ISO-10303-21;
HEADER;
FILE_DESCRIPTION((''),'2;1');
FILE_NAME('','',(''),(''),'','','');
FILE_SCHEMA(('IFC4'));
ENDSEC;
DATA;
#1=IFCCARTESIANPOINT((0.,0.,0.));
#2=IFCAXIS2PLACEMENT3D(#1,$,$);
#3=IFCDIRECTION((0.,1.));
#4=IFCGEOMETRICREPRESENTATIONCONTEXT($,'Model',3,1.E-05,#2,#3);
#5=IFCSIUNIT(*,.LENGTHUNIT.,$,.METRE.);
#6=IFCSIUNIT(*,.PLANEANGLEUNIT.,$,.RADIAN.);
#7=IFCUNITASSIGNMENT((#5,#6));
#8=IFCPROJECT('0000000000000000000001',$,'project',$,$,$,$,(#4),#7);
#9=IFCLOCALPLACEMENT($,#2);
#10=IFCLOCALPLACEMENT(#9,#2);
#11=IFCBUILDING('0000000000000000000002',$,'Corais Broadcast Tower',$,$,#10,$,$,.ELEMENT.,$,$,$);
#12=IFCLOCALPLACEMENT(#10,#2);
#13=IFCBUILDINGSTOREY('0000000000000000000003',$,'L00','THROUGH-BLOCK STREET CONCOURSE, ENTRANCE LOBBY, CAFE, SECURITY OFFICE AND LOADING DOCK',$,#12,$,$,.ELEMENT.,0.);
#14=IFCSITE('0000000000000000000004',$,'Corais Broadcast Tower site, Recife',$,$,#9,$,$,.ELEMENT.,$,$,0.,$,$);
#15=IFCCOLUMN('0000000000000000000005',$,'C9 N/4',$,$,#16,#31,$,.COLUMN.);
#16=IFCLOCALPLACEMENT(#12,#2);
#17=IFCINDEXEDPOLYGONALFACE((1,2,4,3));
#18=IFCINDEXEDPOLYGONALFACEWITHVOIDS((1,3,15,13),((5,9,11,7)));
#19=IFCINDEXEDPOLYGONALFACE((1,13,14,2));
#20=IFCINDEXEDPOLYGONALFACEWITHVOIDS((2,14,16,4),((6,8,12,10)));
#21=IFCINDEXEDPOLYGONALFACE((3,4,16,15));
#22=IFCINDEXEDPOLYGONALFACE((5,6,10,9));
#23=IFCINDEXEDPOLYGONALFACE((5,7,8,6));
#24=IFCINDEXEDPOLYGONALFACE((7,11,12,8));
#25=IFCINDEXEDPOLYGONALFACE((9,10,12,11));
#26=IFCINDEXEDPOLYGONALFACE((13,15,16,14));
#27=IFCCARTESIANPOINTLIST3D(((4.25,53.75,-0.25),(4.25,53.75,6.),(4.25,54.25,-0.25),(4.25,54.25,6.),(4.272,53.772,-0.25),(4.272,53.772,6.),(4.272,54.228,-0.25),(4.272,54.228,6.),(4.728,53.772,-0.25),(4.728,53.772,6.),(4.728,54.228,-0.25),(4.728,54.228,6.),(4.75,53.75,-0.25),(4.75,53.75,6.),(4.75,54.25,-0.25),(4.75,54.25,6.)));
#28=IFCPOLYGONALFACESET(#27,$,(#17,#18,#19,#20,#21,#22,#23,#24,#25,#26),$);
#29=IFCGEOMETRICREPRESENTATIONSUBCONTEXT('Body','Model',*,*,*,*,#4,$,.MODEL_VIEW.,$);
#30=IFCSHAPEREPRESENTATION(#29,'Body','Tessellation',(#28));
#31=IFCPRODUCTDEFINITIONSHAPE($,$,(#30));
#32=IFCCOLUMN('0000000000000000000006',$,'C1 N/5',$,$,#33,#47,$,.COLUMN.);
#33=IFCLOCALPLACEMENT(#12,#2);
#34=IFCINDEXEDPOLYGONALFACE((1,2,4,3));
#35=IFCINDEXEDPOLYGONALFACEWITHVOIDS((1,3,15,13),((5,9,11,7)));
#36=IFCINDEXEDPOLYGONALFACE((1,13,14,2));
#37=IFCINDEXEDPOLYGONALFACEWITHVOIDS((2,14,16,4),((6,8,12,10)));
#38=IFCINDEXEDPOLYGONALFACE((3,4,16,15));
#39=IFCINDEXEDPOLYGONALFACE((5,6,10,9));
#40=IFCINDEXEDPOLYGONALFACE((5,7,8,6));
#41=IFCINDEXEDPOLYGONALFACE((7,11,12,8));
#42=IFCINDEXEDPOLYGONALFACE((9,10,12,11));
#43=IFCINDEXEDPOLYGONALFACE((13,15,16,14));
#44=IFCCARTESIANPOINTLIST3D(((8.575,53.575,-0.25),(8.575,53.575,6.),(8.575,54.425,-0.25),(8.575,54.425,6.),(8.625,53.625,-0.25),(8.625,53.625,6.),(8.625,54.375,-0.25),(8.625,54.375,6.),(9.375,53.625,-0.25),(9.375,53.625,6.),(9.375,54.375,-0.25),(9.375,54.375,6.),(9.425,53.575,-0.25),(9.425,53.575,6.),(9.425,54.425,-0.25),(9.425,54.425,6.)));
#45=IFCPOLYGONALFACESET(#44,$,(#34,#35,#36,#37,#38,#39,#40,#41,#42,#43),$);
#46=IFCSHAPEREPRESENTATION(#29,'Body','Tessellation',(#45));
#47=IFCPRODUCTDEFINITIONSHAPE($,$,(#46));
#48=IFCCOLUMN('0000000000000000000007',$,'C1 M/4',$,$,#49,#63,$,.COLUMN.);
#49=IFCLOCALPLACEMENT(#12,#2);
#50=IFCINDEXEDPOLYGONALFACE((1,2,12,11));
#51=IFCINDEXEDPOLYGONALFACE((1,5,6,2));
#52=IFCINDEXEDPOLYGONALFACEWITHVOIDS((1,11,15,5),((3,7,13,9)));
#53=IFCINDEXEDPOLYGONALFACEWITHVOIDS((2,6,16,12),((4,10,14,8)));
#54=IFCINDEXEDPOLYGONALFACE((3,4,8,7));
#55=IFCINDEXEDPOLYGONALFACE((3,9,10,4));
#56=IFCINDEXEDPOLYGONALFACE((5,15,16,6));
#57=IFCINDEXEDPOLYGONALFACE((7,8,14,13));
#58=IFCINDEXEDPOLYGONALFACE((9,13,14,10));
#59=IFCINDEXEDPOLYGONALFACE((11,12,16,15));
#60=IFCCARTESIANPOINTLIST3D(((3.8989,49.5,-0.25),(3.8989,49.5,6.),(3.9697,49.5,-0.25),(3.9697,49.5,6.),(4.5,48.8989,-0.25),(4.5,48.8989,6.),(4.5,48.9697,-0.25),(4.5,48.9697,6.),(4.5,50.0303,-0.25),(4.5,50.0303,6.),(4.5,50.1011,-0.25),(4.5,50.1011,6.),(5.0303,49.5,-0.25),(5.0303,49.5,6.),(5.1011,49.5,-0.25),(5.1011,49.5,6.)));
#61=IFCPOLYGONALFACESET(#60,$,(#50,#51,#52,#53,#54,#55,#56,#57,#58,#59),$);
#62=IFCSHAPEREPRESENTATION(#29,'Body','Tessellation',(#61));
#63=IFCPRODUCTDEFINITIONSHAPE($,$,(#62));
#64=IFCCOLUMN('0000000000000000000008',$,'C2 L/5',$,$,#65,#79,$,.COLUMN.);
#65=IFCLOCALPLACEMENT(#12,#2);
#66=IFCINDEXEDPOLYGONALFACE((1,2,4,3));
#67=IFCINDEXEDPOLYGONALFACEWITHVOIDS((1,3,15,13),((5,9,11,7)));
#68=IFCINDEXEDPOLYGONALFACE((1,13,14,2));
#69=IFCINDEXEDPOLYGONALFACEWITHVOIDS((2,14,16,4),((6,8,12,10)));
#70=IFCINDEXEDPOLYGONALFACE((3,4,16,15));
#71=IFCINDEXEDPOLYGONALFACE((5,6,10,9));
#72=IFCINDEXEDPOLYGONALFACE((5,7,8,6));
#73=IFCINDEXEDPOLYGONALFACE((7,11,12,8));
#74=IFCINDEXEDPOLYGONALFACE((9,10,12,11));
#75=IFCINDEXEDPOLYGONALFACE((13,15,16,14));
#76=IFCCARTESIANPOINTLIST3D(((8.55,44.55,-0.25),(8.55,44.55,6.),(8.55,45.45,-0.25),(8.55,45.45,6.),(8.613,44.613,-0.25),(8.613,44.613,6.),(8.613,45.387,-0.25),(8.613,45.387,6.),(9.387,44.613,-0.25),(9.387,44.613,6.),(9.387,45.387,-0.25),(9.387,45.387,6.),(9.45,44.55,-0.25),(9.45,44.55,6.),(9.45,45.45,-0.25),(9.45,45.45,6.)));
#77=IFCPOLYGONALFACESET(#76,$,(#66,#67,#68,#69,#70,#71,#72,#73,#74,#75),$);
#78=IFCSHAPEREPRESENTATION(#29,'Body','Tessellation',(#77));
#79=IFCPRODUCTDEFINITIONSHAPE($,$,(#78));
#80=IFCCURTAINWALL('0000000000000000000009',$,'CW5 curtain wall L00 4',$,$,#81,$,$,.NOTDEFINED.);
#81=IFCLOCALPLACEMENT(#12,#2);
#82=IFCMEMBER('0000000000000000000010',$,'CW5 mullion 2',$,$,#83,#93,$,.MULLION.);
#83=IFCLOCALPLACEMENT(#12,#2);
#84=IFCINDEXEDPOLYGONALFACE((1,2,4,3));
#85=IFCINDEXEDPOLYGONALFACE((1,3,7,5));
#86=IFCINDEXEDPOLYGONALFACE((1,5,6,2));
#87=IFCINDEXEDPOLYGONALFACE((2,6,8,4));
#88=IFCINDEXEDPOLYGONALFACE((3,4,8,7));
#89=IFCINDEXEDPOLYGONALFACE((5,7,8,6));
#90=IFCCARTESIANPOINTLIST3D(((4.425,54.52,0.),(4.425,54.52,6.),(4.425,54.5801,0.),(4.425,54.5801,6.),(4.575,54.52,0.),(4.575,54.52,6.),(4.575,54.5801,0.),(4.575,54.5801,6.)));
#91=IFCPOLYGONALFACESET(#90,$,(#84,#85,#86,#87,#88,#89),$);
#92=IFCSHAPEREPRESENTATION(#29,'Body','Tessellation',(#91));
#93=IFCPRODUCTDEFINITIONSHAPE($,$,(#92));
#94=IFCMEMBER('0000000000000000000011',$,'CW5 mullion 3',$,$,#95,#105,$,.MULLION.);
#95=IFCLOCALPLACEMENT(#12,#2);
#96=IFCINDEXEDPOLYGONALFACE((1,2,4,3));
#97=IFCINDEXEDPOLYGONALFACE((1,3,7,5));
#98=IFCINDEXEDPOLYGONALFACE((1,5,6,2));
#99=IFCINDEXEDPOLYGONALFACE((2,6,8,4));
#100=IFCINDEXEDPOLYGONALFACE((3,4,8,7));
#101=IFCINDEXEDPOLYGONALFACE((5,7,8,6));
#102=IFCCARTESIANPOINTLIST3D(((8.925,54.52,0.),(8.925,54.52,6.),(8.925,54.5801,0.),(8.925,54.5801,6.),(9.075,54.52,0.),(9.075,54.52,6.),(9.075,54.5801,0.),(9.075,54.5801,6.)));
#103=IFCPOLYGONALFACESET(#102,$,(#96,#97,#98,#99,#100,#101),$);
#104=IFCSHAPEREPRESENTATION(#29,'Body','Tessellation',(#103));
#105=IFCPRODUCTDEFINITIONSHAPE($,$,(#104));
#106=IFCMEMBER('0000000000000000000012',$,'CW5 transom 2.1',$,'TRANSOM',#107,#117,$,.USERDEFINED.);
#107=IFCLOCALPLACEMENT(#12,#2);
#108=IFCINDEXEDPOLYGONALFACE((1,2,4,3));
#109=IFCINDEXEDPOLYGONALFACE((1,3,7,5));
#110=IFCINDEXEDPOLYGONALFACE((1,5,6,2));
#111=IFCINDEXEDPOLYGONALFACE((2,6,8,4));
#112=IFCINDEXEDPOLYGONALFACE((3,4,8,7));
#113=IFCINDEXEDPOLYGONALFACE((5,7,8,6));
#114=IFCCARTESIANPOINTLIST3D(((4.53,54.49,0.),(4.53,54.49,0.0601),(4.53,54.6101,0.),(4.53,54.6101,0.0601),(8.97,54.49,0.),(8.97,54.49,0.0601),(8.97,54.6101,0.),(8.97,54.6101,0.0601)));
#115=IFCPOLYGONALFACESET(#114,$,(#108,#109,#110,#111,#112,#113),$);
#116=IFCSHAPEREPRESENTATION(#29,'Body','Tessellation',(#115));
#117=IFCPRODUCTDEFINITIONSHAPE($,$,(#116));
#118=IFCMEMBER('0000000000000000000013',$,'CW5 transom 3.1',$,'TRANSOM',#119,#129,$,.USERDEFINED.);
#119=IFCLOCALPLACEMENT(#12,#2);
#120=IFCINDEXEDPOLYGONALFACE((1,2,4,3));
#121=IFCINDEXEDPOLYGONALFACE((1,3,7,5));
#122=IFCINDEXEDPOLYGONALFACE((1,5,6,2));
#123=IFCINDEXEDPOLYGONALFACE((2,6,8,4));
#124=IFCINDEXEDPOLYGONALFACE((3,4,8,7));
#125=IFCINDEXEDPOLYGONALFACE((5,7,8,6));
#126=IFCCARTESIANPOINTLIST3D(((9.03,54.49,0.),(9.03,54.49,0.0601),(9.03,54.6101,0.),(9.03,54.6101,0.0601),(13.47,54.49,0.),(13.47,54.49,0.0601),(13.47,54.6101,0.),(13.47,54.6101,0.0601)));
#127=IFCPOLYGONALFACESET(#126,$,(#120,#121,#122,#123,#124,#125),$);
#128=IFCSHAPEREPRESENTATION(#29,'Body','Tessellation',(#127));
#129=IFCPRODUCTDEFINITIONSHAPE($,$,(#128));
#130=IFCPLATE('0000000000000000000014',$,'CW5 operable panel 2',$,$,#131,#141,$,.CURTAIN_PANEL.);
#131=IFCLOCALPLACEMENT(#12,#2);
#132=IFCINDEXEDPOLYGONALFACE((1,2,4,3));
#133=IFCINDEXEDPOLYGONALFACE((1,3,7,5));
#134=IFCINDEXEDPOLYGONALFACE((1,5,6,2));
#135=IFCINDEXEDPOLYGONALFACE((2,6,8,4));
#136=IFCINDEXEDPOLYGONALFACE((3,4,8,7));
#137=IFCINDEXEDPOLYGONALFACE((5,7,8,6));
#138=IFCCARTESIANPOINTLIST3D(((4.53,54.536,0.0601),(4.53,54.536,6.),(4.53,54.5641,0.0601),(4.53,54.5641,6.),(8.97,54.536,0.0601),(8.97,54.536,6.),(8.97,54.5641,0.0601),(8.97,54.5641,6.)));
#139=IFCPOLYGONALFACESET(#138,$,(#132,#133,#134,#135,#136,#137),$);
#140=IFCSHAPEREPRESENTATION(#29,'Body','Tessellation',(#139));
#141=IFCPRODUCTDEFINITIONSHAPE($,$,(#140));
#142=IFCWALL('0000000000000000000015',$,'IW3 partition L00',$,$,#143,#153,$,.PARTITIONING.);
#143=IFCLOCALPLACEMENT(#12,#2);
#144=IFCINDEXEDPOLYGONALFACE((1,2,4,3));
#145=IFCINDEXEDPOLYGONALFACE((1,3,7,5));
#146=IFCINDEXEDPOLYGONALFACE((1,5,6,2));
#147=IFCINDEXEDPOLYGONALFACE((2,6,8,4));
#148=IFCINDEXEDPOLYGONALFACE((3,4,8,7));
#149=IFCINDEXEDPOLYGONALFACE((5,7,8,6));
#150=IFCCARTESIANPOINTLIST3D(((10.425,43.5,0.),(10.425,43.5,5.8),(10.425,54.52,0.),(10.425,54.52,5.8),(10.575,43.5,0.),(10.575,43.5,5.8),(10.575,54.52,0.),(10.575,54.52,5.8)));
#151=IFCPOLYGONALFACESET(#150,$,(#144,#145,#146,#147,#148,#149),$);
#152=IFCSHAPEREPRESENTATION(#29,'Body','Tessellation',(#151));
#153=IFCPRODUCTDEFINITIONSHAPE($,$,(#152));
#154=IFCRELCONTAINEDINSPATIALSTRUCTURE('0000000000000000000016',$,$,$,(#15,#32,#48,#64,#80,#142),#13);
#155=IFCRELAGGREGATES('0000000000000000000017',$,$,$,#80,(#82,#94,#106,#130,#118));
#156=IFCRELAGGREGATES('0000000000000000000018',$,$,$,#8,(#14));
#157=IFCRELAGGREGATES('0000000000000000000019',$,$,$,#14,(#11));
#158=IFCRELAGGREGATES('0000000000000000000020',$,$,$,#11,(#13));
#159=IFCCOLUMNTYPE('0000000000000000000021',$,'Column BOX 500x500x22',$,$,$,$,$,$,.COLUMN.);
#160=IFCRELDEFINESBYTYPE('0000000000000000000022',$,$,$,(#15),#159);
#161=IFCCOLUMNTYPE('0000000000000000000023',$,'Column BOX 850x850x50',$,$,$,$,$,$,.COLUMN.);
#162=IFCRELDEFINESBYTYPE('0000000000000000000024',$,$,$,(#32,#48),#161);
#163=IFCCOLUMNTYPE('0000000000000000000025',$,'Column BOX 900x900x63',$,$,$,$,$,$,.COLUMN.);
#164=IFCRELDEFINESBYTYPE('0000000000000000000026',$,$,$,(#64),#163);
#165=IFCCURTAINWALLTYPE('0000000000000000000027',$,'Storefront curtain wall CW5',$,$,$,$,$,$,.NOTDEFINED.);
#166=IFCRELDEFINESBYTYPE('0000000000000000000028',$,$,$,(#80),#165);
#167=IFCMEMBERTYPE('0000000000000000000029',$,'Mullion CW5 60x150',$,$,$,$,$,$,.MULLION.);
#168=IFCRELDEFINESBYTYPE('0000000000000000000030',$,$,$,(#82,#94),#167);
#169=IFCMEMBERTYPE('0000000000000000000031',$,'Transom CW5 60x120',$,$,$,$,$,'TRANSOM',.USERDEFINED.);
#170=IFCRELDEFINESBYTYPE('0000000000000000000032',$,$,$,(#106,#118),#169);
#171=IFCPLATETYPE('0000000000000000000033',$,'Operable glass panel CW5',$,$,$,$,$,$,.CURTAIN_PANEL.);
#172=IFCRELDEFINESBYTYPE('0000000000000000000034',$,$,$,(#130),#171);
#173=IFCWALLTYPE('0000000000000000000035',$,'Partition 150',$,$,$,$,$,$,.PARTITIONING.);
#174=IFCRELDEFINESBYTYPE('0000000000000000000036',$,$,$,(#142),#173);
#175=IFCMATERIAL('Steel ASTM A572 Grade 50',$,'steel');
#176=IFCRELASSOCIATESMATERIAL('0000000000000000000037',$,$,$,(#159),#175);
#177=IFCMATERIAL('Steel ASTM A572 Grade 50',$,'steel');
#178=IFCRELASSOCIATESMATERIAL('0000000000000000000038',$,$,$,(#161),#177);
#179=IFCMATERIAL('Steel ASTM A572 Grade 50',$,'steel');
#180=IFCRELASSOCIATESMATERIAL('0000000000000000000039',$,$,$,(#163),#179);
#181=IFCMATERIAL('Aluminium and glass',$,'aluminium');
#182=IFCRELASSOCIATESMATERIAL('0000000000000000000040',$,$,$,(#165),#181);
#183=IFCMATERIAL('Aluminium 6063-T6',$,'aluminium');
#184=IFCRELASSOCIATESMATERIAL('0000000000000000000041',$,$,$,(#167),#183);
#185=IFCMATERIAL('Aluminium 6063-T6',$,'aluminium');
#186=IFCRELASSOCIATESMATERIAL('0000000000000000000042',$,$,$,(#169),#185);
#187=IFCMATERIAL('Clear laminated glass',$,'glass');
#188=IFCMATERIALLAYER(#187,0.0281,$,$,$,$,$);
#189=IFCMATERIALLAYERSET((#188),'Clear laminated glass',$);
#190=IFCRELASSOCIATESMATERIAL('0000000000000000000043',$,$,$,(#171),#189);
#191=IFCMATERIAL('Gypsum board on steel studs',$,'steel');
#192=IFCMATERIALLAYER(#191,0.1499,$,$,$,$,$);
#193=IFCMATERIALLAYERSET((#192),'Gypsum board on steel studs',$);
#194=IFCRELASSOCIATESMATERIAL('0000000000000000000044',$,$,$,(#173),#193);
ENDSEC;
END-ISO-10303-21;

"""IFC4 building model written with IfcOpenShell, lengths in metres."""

from ifc_helpers import new_model, si_unit, direction, frame, frame_2d, origin, origin_2d, place, context, subcontext, project, spatial, rectangle, hollow_rectangle, extrude, material, layer, layer_set, material_profile, profile_set, type_object, element, aggregate, save


model = new_model("IFC4")

# Units and contexts
model_context = context("Model", 3, precision=1e-05, world=origin(), true_north=direction((0.0, 1.0)))
body_context = subcontext(model_context, "Body", "Model", "MODEL_VIEW")
ifc_project = project(units=[si_unit("LENGTHUNIT", "METRE"), si_unit("PLANEANGLEUNIT", "RADIAN")], contexts=[model_context])

# Site, building, storey
site_placement = place(None, origin())
site = spatial("IfcSite", under=ifc_project, at=site_placement, Name="Corais Broadcast Tower site, Recife", CompositionType="ELEMENT", RefElevation=0.0)
building_placement = place(site_placement, origin())
building = spatial("IfcBuilding", under=site, at=building_placement, Name="Corais Broadcast Tower", CompositionType="ELEMENT")
storey_placement = place(building_placement, origin())
storey = spatial("IfcBuildingStorey", under=building, at=storey_placement, Name="L00", Description="THROUGH-BLOCK STREET CONCOURSE, ENTRANCE LOBBY, CAFE, SECURITY OFFICE AND LOADING DOCK", CompositionType="ELEMENT", Elevation=0.0)

# Columns
ifc_material_1 = material(Name="Steel ASTM A572 Grade 50", Category="steel")
ifc_material_profile_1 = material_profile(ifc_material_1, hollow_rectangle(XDim=0.5, YDim=0.5, WallThickness=0.022, at=origin_2d()), Name="BOX 500x500x22")
ifc_profile_set_1 = profile_set([ifc_material_profile_1], Name="Steel ASTM A572 Grade 50")
column_type_1 = type_object("IfcColumnType", Name="Column BOX 500x500x22", PredefinedType="COLUMN", material=ifc_profile_set_1)
column_1_placement = place(storey_placement, frame((4.5, 54.0, -0.25), z_axis=(0.0, 0.0, 1.0), x_axis=(1.0, 0.0, 0.0)))
element("IfcColumn", 1, at=column_1_placement, inside=storey, type_object=column_type_1, Name="C9 N/4", PredefinedType="COLUMN", context=body_context, shape_type="SweptSolid", body=[
    extrude(hollow_rectangle(XDim=0.5, YDim=0.5, WallThickness=0.022, at=origin_2d()), origin(), (0.0, 0.0, 1.0), 6.25),
])
ifc_material_2 = material(Name="Steel ASTM A572 Grade 50", Category="steel")
ifc_material_profile_2 = material_profile(ifc_material_2, hollow_rectangle(XDim=0.8501, YDim=0.8501, WallThickness=0.05, at=origin_2d()), Name="BOX 850x850x50")
ifc_profile_set_2 = profile_set([ifc_material_profile_2], Name="Steel ASTM A572 Grade 50")
column_type_2 = type_object("IfcColumnType", Name="Column BOX 850x850x50", PredefinedType="COLUMN", material=ifc_profile_set_2)
for number, where, z_axis, x_axis, name in (
    (2, (9.0, 54.0, -0.25), (0.0, 0.0, 1.0), (1.0, 0.0, 0.0), "C1 N/5"),
    (3, (4.5, 49.5, -0.25), (0.0, 0.0, 1.0), (0.707107, 0.707107, 0.0), "C1 M/4"),
):
    element("IfcColumn", number, at=place(storey_placement, frame(where, z_axis=z_axis, x_axis=x_axis)), inside=storey, type_object=column_type_2, Name=name, PredefinedType="COLUMN", context=body_context, shape_type="SweptSolid", body=[
        extrude(hollow_rectangle(XDim=0.8501, YDim=0.8501, WallThickness=0.05, at=origin_2d()), origin(), (0.0, 0.0, 1.0), 6.25),
    ])
ifc_material_3 = material(Name="Steel ASTM A572 Grade 50", Category="steel")
ifc_material_profile_3 = material_profile(ifc_material_3, hollow_rectangle(XDim=0.8999, YDim=0.8999, WallThickness=0.063, at=origin_2d()), Name="BOX 900x900x63")
ifc_profile_set_3 = profile_set([ifc_material_profile_3], Name="Steel ASTM A572 Grade 50")
column_type_3 = type_object("IfcColumnType", Name="Column BOX 900x900x63", PredefinedType="COLUMN", material=ifc_profile_set_3)
column_2_placement = place(storey_placement, frame((9.0, 45.0, -0.25), z_axis=(0.0, 0.0, 1.0), x_axis=(1.0, 0.0, 0.0)))
element("IfcColumn", 4, at=column_2_placement, inside=storey, type_object=column_type_3, Name="C2 L/5", PredefinedType="COLUMN", context=body_context, shape_type="SweptSolid", body=[
    extrude(hollow_rectangle(XDim=0.8999, YDim=0.8999, WallThickness=0.063, at=origin_2d()), origin(), (0.0, 0.0, 1.0), 6.25),
])

# Curtain wall, members, plate
ifc_material_4 = material(Name="Aluminium and glass", Category="aluminium")
curtain_wall_type = type_object("IfcCurtainWallType", Name="Storefront curtain wall CW5", PredefinedType="NOTDEFINED", material=ifc_material_4)
curtain_wall_placement = place(storey_placement, origin())
curtain_wall = element("IfcCurtainWall", 5, at=curtain_wall_placement, inside=storey, type_object=curtain_wall_type, Name="CW5 curtain wall L00 4", PredefinedType="NOTDEFINED")
ifc_material_5 = material(Name="Aluminium 6063-T6", Category="aluminium")
ifc_material_profile_4 = material_profile(ifc_material_5, rectangle(XDim=0.0601, YDim=0.1499, at=origin_2d()), Name="Mullion CW5 60x150")
ifc_profile_set_4 = profile_set([ifc_material_profile_4], Name="Aluminium 6063-T6")
member_type_1 = type_object("IfcMemberType", Name="Mullion CW5 60x150", PredefinedType="MULLION", material=ifc_profile_set_4)
member_1_placement = place(storey_placement, frame((4.5, 54.55, 0.0), z_axis=(0.0, 0.0, 1.0), x_axis=(0.0, 1.0, 0.0)))
member_1 = element("IfcMember", 6, at=member_1_placement, type_object=member_type_1, Name="CW5 mullion 2", PredefinedType="MULLION", context=body_context, shape_type="SweptSolid", body=[
    extrude(rectangle(XDim=0.0601, YDim=0.1499, at=origin_2d()), origin(), (0.0, 0.0, 1.0), 6.0),
])
member_2_placement = place(storey_placement, frame((9.0, 54.55, 0.0), z_axis=(0.0, 0.0, 1.0), x_axis=(0.0, 1.0, 0.0)))
member_2 = element("IfcMember", 7, at=member_2_placement, type_object=member_type_1, Name="CW5 mullion 3", PredefinedType="MULLION", context=body_context, shape_type="SweptSolid", body=[
    extrude(rectangle(XDim=0.0601, YDim=0.1499, at=origin_2d()), origin(), (0.0, 0.0, 1.0), 6.0),
])
ifc_material_6 = material(Name="Aluminium 6063-T6", Category="aluminium")
ifc_material_profile_5 = material_profile(ifc_material_6, rectangle(XDim=0.1201, YDim=0.0601, at=origin_2d()), Name="Transom CW5 60x120")
ifc_profile_set_5 = profile_set([ifc_material_profile_5], Name="Aluminium 6063-T6")
member_type_2 = type_object("IfcMemberType", Name="Transom CW5 60x120", ElementType="TRANSOM", PredefinedType="USERDEFINED", material=ifc_profile_set_5)
member_3_placement = place(storey_placement, frame((4.53, 54.55, 0.03), z_axis=(1.0, 0.0, 0.0), x_axis=(0.0, 1.0, 0.0)))
member_3 = element("IfcMember", 8, at=member_3_placement, type_object=member_type_2, Name="CW5 transom 2.1", ObjectType="TRANSOM", PredefinedType="USERDEFINED", context=body_context, shape_type="SweptSolid", body=[
    extrude(rectangle(XDim=0.1201, YDim=0.0601, at=origin_2d()), origin(), (0.0, 0.0, 1.0), 4.4399),
])
member_4_placement = place(storey_placement, frame((9.03, 54.55, 0.03), z_axis=(1.0, 0.0, 0.0), x_axis=(0.0, 1.0, 0.0)))
member_4 = element("IfcMember", 9, at=member_4_placement, type_object=member_type_2, Name="CW5 transom 3.1", ObjectType="TRANSOM", PredefinedType="USERDEFINED", context=body_context, shape_type="SweptSolid", body=[
    extrude(rectangle(XDim=0.1201, YDim=0.0601, at=origin_2d()), origin(), (0.0, 0.0, 1.0), 4.4399),
])
ifc_material_7 = material(Name="Clear laminated glass", Category="glass")
ifc_layer_1 = layer(ifc_material_7, 0.0281)
ifc_layer_set_1 = layer_set([ifc_layer_1], Name="Clear laminated glass")
plate_type = type_object("IfcPlateType", Name="Operable glass panel CW5", PredefinedType="CURTAIN_PANEL", material=ifc_layer_set_1)
plate_placement = place(storey_placement, frame((6.75, 54.55, 0.0601), z_axis=(0.0, 0.0, 1.0), x_axis=(1.0, 0.0, 0.0)))
plate = element("IfcPlate", 10, at=plate_placement, type_object=plate_type, Name="CW5 operable panel 2", PredefinedType="CURTAIN_PANEL", context=body_context, shape_type="SweptSolid", body=[
    extrude(rectangle(XDim=4.4399, YDim=0.0281, at=origin_2d()), origin(), (0.0, 0.0, 1.0), 5.9399),
])
aggregate(curtain_wall, [member_1, member_2, member_3, plate, member_4])

# Wall
ifc_material_8 = material(Name="Gypsum board on steel studs", Category="steel")
ifc_layer_2 = layer(ifc_material_8, 0.1499)
ifc_layer_set_2 = layer_set([ifc_layer_2], Name="Gypsum board on steel studs")
wall_type = type_object("IfcWallType", Name="Partition 150", PredefinedType="PARTITIONING", material=ifc_layer_set_2)
wall_placement = place(storey_placement, frame((10.5, 43.5, 0.0), z_axis=(0.0, 0.0, 1.0), x_axis=(0.0, 1.0, 0.0)))
element("IfcWall", 11, at=wall_placement, inside=storey, type_object=wall_type, Name="IW3 partition L00", PredefinedType="PARTITIONING", context=body_context, shape_type="SweptSolid", body=[
    extrude(rectangle(XDim=11.02, YDim=0.1499, at=frame_2d((5.51, 0.0))), origin(), (0.0, 0.0, 1.0), 5.8),
])

save(model, "model.ifc")
